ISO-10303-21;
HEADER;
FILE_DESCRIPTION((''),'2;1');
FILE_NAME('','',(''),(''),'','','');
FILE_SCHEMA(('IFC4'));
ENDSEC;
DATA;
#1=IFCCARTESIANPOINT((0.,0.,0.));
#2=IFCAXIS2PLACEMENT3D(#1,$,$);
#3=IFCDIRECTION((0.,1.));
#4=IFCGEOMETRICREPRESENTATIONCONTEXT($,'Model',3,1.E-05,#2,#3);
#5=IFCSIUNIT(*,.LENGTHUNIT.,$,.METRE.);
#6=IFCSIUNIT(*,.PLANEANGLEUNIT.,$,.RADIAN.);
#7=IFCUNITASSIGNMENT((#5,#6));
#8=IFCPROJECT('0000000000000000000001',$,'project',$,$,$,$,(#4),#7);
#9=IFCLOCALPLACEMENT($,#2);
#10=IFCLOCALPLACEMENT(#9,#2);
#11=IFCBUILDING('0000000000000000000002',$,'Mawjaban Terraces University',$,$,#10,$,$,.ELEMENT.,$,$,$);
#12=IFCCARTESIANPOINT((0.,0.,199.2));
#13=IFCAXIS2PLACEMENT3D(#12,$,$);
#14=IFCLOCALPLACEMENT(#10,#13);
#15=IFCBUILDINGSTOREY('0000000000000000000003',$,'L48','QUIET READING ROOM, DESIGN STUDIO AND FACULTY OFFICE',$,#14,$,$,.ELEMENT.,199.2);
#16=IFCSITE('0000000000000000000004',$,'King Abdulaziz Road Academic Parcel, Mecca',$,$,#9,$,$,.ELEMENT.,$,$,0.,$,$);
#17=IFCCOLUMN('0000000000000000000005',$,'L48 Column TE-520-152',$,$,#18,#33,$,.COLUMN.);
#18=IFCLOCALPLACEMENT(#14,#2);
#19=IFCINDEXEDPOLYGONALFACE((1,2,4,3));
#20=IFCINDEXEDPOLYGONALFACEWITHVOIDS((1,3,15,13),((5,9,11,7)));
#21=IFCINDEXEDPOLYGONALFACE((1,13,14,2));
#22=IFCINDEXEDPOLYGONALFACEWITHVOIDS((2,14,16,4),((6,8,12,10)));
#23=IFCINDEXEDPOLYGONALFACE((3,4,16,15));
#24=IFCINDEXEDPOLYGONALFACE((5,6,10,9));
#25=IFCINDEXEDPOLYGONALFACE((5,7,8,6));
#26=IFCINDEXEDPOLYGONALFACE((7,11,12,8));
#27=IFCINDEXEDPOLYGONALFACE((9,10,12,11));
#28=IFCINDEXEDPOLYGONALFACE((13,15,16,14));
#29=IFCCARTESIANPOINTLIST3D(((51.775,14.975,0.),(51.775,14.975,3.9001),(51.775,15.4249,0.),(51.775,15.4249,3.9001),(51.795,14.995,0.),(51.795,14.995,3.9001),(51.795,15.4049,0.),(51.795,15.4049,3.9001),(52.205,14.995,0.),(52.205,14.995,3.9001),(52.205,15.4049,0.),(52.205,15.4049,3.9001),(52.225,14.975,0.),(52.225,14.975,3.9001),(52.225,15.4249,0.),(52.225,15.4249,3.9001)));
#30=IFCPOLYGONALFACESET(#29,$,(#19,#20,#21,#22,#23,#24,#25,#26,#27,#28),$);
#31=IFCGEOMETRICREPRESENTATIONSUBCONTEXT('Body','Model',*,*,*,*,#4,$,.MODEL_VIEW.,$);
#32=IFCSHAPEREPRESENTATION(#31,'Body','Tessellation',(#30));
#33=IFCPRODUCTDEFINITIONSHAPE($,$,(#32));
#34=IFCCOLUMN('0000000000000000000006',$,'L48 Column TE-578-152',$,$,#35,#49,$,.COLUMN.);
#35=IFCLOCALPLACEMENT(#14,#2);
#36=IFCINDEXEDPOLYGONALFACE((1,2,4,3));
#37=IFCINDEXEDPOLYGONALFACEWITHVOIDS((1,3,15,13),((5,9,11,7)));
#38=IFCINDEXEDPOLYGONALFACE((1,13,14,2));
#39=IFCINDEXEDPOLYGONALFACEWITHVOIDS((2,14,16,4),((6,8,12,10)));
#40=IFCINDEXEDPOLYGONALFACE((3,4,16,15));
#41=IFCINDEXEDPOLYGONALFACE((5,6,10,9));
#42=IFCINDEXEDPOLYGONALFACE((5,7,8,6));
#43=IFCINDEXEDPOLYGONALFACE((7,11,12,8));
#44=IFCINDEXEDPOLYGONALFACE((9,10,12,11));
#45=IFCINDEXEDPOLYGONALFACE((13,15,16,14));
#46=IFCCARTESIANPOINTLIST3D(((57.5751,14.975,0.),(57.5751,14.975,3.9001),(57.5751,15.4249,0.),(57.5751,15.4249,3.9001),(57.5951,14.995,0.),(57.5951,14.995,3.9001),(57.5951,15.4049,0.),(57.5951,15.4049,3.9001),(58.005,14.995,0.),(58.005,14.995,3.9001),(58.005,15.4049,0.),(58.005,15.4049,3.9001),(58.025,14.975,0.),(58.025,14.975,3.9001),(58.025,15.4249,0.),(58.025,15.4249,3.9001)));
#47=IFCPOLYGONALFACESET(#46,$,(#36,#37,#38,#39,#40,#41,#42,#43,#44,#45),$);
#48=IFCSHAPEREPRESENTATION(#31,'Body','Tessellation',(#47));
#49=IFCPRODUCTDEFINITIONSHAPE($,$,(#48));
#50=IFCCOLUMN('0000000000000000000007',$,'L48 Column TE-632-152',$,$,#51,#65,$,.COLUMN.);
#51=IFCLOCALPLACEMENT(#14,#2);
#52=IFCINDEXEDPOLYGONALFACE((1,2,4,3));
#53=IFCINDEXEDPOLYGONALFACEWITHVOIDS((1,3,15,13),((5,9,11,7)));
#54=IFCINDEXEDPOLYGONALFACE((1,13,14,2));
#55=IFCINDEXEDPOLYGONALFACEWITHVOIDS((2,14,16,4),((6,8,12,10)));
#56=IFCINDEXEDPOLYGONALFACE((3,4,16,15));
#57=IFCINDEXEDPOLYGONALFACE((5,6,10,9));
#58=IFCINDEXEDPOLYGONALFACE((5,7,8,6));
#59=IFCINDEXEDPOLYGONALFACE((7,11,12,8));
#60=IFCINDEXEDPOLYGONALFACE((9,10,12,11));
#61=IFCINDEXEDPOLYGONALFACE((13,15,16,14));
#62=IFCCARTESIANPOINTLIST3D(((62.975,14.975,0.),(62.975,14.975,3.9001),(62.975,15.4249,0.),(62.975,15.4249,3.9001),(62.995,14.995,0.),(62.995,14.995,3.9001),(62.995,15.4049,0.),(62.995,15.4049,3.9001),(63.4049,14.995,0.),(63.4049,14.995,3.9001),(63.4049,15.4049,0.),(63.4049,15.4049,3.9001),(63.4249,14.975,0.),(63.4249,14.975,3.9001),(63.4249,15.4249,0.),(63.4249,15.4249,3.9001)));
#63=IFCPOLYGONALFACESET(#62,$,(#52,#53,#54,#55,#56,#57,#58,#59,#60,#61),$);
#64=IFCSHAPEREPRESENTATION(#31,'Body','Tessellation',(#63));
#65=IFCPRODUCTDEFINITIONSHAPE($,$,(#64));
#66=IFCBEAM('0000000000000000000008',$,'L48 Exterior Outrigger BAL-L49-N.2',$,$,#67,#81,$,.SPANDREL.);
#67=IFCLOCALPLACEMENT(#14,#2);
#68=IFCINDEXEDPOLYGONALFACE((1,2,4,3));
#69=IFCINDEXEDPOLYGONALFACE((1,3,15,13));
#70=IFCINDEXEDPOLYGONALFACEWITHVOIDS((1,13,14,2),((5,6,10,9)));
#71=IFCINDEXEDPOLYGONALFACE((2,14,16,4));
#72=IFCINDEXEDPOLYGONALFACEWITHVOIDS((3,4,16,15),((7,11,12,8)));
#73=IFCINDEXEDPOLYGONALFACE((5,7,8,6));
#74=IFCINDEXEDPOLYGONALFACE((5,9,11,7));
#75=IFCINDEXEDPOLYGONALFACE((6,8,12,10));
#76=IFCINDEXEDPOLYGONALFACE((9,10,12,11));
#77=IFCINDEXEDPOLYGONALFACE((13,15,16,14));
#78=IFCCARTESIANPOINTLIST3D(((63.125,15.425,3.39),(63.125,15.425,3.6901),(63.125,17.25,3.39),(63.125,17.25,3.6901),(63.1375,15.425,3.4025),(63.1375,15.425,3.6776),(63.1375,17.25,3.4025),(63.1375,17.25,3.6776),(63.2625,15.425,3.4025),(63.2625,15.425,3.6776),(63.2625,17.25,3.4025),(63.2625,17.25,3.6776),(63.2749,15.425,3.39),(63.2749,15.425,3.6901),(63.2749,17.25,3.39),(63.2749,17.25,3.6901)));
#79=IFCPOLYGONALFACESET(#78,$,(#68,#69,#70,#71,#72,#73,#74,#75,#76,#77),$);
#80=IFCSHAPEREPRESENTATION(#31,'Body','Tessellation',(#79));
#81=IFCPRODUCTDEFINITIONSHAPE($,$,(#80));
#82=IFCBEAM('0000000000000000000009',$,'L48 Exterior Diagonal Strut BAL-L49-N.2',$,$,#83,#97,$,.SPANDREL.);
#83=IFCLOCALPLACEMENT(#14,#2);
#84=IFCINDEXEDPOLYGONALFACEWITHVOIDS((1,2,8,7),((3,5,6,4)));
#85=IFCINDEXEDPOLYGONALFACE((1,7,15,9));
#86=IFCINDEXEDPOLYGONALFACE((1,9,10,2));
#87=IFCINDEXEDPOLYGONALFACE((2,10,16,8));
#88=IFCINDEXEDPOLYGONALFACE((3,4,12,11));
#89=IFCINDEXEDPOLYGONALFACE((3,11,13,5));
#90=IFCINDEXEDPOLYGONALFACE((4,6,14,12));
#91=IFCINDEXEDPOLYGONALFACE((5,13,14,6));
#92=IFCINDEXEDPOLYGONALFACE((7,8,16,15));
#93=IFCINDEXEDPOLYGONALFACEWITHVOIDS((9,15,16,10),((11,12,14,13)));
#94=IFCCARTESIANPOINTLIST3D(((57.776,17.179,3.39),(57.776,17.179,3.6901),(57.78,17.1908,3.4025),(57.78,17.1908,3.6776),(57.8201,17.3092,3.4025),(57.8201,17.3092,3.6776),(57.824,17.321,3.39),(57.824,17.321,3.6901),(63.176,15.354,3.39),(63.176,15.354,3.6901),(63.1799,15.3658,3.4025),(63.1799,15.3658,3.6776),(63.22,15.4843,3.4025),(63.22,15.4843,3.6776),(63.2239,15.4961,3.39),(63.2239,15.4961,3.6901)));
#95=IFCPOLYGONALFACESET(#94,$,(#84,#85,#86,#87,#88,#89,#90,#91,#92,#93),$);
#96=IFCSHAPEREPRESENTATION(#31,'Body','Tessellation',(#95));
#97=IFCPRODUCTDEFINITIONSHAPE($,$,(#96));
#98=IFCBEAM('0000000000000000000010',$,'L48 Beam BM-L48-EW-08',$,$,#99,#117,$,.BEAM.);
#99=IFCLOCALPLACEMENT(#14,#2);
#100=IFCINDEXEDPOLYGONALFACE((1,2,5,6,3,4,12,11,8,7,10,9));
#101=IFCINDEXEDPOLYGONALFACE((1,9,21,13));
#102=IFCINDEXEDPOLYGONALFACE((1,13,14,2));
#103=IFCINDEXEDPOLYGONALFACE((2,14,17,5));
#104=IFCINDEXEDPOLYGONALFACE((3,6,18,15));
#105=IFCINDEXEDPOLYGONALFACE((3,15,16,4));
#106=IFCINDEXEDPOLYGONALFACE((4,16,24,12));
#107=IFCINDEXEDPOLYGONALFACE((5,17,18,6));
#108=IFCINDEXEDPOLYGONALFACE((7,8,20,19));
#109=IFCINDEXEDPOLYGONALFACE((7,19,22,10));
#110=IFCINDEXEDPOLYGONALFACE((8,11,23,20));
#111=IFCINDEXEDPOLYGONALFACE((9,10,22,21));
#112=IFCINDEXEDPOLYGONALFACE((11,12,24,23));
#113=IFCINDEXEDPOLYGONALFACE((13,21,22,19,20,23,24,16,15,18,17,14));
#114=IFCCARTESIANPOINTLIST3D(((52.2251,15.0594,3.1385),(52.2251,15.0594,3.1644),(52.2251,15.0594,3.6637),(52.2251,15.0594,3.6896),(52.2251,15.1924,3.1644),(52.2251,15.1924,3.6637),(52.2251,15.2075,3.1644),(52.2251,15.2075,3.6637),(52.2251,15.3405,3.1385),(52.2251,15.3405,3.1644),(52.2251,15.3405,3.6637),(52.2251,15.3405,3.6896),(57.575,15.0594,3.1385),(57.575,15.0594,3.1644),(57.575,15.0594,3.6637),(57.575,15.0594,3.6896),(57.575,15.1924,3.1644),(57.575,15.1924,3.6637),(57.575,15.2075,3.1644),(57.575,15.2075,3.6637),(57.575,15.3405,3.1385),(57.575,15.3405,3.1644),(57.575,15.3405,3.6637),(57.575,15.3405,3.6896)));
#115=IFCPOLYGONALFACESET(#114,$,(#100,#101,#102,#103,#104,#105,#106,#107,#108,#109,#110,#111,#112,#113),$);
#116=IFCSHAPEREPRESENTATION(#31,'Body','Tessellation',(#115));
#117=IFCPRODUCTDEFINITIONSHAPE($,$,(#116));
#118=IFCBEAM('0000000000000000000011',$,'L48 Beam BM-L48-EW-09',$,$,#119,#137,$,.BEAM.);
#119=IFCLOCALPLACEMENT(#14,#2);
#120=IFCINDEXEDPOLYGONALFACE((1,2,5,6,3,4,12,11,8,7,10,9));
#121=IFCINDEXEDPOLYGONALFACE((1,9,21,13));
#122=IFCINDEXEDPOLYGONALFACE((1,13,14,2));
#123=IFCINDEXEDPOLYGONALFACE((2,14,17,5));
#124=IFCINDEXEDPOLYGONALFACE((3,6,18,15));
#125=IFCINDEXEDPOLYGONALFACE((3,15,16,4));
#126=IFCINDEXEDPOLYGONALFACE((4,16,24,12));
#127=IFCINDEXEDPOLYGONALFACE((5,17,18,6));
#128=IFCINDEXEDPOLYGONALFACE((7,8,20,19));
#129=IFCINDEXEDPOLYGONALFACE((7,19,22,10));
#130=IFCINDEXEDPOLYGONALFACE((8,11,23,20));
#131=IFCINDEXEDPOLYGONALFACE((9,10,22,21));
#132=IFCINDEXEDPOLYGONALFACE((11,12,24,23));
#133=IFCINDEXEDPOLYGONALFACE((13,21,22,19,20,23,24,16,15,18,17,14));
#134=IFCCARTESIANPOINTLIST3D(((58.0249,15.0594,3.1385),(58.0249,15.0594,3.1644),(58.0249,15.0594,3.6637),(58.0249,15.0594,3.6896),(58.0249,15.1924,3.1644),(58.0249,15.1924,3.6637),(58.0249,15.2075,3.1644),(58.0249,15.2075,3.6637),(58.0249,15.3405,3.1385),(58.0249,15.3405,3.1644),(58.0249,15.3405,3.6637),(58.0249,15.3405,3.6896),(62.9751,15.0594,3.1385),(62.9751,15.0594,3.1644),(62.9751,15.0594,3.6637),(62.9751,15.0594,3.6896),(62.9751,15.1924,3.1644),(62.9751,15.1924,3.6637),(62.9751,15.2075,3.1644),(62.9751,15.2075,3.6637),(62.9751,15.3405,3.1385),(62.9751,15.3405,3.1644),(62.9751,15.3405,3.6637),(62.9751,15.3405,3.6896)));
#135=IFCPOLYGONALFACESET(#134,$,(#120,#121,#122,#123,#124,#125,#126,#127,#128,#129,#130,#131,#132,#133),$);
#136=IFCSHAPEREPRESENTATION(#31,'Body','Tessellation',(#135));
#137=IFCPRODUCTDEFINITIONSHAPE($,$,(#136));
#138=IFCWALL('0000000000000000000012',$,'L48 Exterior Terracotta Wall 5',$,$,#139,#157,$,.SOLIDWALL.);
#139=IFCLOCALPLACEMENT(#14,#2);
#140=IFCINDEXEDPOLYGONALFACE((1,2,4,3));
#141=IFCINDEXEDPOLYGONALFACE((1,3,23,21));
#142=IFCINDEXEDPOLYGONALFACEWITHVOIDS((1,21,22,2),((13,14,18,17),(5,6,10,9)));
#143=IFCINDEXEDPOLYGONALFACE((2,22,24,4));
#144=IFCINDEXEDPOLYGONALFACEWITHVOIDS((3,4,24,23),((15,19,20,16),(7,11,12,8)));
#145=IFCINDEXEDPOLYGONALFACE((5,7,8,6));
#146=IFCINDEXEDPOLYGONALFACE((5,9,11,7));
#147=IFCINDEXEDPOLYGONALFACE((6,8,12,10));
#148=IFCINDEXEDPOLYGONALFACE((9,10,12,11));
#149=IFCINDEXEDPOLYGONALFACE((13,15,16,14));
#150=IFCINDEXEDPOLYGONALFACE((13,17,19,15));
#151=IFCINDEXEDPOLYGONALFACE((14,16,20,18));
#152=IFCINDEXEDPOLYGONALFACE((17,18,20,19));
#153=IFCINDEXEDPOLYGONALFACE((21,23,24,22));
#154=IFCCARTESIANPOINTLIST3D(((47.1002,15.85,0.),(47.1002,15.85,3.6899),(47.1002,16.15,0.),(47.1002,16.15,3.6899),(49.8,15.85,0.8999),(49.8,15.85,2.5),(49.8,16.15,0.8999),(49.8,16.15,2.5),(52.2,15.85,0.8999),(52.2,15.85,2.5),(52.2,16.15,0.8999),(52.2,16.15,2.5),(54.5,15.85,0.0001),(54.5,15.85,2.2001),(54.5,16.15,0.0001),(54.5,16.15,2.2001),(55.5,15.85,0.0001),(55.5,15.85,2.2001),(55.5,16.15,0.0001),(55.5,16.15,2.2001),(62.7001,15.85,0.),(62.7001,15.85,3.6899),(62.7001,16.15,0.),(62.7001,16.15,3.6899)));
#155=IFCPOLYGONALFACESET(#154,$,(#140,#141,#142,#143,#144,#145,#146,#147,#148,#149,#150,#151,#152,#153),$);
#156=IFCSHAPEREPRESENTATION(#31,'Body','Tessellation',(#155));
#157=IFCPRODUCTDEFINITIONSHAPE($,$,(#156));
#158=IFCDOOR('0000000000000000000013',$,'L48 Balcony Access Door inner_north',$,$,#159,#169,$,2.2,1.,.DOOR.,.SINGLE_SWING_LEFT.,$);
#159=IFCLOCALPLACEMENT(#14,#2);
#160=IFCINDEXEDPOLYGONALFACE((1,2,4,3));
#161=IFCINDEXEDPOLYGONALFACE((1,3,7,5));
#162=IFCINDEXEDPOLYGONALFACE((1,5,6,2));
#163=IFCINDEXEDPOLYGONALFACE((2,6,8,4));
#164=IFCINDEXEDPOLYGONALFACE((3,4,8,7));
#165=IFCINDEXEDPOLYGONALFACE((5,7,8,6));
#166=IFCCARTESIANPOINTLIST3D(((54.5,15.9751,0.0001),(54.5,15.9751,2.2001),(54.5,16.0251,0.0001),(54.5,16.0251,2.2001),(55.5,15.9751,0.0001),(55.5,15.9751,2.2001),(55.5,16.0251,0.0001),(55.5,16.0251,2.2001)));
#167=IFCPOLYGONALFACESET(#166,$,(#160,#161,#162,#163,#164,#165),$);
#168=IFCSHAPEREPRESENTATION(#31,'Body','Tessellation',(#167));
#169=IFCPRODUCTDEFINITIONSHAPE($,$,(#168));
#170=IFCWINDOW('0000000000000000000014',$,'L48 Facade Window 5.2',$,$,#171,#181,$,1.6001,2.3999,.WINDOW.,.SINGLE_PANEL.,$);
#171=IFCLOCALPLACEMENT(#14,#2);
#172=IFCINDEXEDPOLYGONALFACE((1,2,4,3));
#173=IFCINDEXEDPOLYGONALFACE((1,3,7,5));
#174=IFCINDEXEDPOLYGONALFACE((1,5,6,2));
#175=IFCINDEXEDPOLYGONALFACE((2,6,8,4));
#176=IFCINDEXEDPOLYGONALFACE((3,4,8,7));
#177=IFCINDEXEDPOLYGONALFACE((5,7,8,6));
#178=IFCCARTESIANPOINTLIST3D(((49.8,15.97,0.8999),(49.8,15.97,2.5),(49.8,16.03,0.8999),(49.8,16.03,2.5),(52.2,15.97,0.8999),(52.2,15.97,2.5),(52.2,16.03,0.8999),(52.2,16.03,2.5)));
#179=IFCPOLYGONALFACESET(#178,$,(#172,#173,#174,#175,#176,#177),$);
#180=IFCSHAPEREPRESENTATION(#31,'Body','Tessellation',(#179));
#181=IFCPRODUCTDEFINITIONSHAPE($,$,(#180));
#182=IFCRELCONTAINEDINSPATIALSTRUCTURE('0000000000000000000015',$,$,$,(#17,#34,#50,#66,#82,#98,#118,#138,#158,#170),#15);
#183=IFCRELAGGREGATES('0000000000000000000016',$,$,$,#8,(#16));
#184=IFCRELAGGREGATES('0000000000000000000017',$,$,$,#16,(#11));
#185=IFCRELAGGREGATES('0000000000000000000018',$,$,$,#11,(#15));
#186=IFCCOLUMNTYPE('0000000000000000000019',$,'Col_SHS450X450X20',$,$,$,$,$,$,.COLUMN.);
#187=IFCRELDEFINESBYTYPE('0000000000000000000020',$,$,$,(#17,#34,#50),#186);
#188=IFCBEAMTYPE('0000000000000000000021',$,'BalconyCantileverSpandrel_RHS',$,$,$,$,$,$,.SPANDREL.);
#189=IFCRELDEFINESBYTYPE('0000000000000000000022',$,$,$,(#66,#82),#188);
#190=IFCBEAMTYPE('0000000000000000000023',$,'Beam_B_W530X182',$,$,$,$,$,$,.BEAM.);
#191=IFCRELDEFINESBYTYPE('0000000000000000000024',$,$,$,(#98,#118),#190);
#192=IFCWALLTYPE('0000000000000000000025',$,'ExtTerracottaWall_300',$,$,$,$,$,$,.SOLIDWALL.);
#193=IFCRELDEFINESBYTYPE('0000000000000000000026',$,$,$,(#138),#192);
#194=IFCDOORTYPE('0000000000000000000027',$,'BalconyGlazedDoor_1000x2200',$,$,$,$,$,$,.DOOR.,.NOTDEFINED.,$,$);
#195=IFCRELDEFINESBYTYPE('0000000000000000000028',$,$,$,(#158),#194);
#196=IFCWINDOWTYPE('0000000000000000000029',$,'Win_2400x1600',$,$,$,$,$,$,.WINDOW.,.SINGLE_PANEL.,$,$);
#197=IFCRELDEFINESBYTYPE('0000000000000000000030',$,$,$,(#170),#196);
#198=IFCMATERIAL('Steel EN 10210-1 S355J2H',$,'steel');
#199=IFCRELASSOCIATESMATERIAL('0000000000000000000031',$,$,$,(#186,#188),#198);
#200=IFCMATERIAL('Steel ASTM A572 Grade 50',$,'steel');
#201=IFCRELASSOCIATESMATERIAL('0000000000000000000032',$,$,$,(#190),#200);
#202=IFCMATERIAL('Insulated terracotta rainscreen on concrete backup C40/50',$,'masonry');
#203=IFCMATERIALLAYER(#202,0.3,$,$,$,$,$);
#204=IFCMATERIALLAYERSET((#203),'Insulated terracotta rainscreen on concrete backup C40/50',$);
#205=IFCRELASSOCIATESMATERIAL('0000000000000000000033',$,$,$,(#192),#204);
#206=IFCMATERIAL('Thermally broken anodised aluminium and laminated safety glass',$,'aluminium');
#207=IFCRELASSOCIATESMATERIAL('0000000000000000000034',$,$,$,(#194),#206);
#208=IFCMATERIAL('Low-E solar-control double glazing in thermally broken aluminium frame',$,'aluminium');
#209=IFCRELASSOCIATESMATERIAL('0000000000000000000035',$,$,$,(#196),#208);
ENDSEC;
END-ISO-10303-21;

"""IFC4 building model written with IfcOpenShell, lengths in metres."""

from ifc_helpers import new_model, si_unit, direction, frame, frame_2d, origin, origin_2d, place, context, subcontext, project, spatial, rectangle, hollow_rectangle, i_section, extrude, material, layer, layer_set, material_profile, profile_set, type_object, element, fill, save


model = new_model("IFC4")

# Units and contexts
model_context = context("Model", 3, precision=1e-05, world=origin(), true_north=direction((0.0, 1.0)))
body_context = subcontext(model_context, "Body", "Model", "MODEL_VIEW")
ifc_project = project(units=[si_unit("LENGTHUNIT", "METRE"), si_unit("PLANEANGLEUNIT", "RADIAN")], contexts=[model_context])

# Site, building, storey
site_placement = place(None, origin())
site = spatial("IfcSite", under=ifc_project, at=site_placement, Name="King Abdulaziz Road Academic Parcel, Mecca", CompositionType="ELEMENT", RefElevation=0.0)
building_placement = place(site_placement, origin())
building = spatial("IfcBuilding", under=site, at=building_placement, Name="Mawjaban Terraces University", CompositionType="ELEMENT")
storey_placement = place(building_placement, frame((0.0, 0.0, 199.2)))
storey = spatial("IfcBuildingStorey", under=building, at=storey_placement, Name="L48", Description="QUIET READING ROOM, DESIGN STUDIO AND FACULTY OFFICE", CompositionType="ELEMENT", Elevation=199.2)

# Columns
ifc_material_1 = material(Name="Steel EN 10210-1 S355J2H", Category="steel")
ifc_material_profile_1 = material_profile(ifc_material_1, hollow_rectangle(XDim=0.45, YDim=0.45, WallThickness=0.02, at=origin_2d()), Name="SHS450X450X20")
ifc_profile_set_1 = profile_set([ifc_material_profile_1], Name="Steel EN 10210-1 S355J2H")
column_type = type_object("IfcColumnType", Name="Col_SHS450X450X20", PredefinedType="COLUMN", material=ifc_profile_set_1)
for number, where, z_axis, x_axis, name in (
    (1, (52.0, 15.2, 0.0), (0.0, 0.0, 1.0), (1.0, 0.0, 0.0), "L48 Column TE-520-152"),
    (2, (57.8, 15.2, 0.0), (0.0, 0.0, 1.0), (1.0, 0.0, 0.0), "L48 Column TE-578-152"),
    (3, (63.2, 15.2, 0.0), (0.0, 0.0, 1.0), (1.0, 0.0, 0.0), "L48 Column TE-632-152"),
):
    element("IfcColumn", number, at=place(storey_placement, frame(where, z_axis=z_axis, x_axis=x_axis)), inside=storey, type_object=column_type, Name=name, PredefinedType="COLUMN", context=body_context, shape_type="SweptSolid", body=[
        extrude(hollow_rectangle(XDim=0.45, YDim=0.45, WallThickness=0.02, at=origin_2d()), origin(), (0.0, 0.0, 1.0), 3.9001),
    ])

# Beams
ifc_material_profile_2 = material_profile(ifc_material_1, hollow_rectangle(XDim=0.1499, YDim=0.3, WallThickness=0.0125, at=origin_2d()), Name="RHS300X150X12.5")
ifc_profile_set_2 = profile_set([ifc_material_profile_2], Name="Steel EN 10210-1 S355J2H")
beam_type_1 = type_object("IfcBeamType", Name="BalconyCantileverSpandrel_RHS", PredefinedType="SPANDREL", material=ifc_profile_set_2)
beam_1_placement = place(storey_placement, frame((63.2, 15.425, 3.54), z_axis=(0.0, 1.0, 0.0), x_axis=(-1.0, 0.0, 0.0)))
element("IfcBeam", 4, at=beam_1_placement, inside=storey, type_object=beam_type_1, Name="L48 Exterior Outrigger BAL-L49-N.2", PredefinedType="SPANDREL", context=body_context, shape_type="SweptSolid", body=[
    extrude(hollow_rectangle(XDim=0.1499, YDim=0.3, WallThickness=0.0125, at=origin_2d()), origin(), (0.0, 0.0, 1.0), 1.825),
])
beam_2_placement = place(storey_placement, frame((63.2, 15.425, 3.54), z_axis=(-0.94736, 0.32017, 0.0), x_axis=(-0.32017, -0.94736, 0.0)))
element("IfcBeam", 5, at=beam_2_placement, inside=storey, type_object=beam_type_1, Name="L48 Exterior Diagonal Strut BAL-L49-N.2", PredefinedType="SPANDREL", context=body_context, shape_type="SweptSolid", body=[
    extrude(hollow_rectangle(XDim=0.1499, YDim=0.3, WallThickness=0.0125, at=origin_2d()), origin(), (0.0, 0.0, 1.0), 5.7),
])
ifc_material_2 = material(Name="Steel ASTM A572 Grade 50", Category="steel")
ifc_material_profile_3 = material_profile(ifc_material_2, i_section(OverallWidth=0.281, OverallDepth=0.551, WebThickness=0.0151, FlangeThickness=0.0259, at=origin_2d()), Name="W530X182")
ifc_profile_set_3 = profile_set([ifc_material_profile_3], Name="Steel ASTM A572 Grade 50")
beam_type_2 = type_object("IfcBeamType", Name="Beam_B_W530X182", PredefinedType="BEAM", material=ifc_profile_set_3)
beam_3_placement = place(storey_placement, frame((52.2251, 15.2, 3.4141), z_axis=(1.0, 0.0, 0.0), x_axis=(0.0, 1.0, 0.0)))
element("IfcBeam", 6, at=beam_3_placement, inside=storey, type_object=beam_type_2, Name="L48 Beam BM-L48-EW-08", PredefinedType="BEAM", context=body_context, shape_type="SweptSolid", body=[
    extrude(i_section(OverallWidth=0.281, OverallDepth=0.551, WebThickness=0.0151, FlangeThickness=0.0259, at=origin_2d()), origin(), (0.0, 0.0, 1.0), 5.3499),
])
beam_4_placement = place(storey_placement, frame((58.0249, 15.2, 3.4141), z_axis=(1.0, 0.0, 0.0), x_axis=(0.0, 1.0, 0.0)))
element("IfcBeam", 7, at=beam_4_placement, inside=storey, type_object=beam_type_2, Name="L48 Beam BM-L48-EW-09", PredefinedType="BEAM", context=body_context, shape_type="SweptSolid", body=[
    extrude(i_section(OverallWidth=0.281, OverallDepth=0.551, WebThickness=0.0151, FlangeThickness=0.0259, at=origin_2d()), origin(), (0.0, 0.0, 1.0), 4.9502),
])

# Wall, openings, door, window
ifc_material_3 = material(Name="Insulated terracotta rainscreen on concrete backup C40/50", Category="masonry")
ifc_layer_1 = layer(ifc_material_3, 0.3)
ifc_layer_set_1 = layer_set([ifc_layer_1], Name="Insulated terracotta rainscreen on concrete backup C40/50")
wall_type = type_object("IfcWallType", Name="ExtTerracottaWall_300", PredefinedType="SOLIDWALL", material=ifc_layer_set_1)
wall_1_placement = place(storey_placement, frame((62.7, 16.0, 0.0), z_axis=(0.0, 0.0, 1.0), x_axis=(-1.0, 0.0, 0.0)))
wall_1 = element("IfcWall", 8, at=wall_1_placement, inside=storey, type_object=wall_type, Name="L48 Exterior Terracotta Wall 5", PredefinedType="SOLIDWALL", context=body_context, shape_type="SweptSolid", body=[
    extrude(rectangle(XDim=15.5999, YDim=0.3, at=frame_2d((7.7998, 0.0))), origin(), (0.0, 0.0, 1.0), 3.6899),
])
opening_1_placement = place(wall_1_placement, frame((7.2, 0.0, 0.0)))
opening_1 = element("IfcOpeningElement", 9, at=opening_1_placement, cuts=wall_1, PredefinedType="OPENING", context=body_context, shape_type="SweptSolid", body=[
    extrude(rectangle(XDim=1.0, YDim=2.2, at=frame_2d((0.5, 1.1001))), frame((0.0, 0.1599, 0.0), z_axis=(0.0, -1.0, 0.0), x_axis=(1.0, 0.0, 0.0)), (0.0, 0.0, 1.0), 0.3201),
])
opening_2_placement = place(wall_1_placement, frame((10.5, 0.0, 0.8999)))
opening_2 = element("IfcOpeningElement", 10, at=opening_2_placement, cuts=wall_1, PredefinedType="OPENING", context=body_context, shape_type="SweptSolid", body=[
    extrude(rectangle(XDim=2.3999, YDim=1.6001, at=frame_2d((1.2, 0.8))), frame((0.0, 0.1599, 0.0), z_axis=(0.0, -1.0, 0.0), x_axis=(1.0, 0.0, 0.0)), (0.0, 0.0, 1.0), 0.3201),
])
ifc_material_4 = material(Name="Thermally broken anodised aluminium and laminated safety glass", Category="aluminium")
door_type = type_object("IfcDoorType", Name="BalconyGlazedDoor_1000x2200", OperationType="NOTDEFINED", PredefinedType="DOOR", material=ifc_material_4)
door_placement = place(opening_1_placement, origin())
door = element("IfcDoor", 11, at=door_placement, inside=storey, type_object=door_type, Name="L48 Balcony Access Door inner_north", OperationType="SINGLE_SWING_LEFT", OverallHeight=2.2, OverallWidth=1.0, PredefinedType="DOOR", context=body_context, shape_type="SweptSolid", body=[
    extrude(rectangle(XDim=1.0, YDim=2.2, at=frame_2d((0.5, 1.1001))), frame((0.0, 0.0249, 0.0), z_axis=(0.0, -1.0, 0.0), x_axis=(1.0, 0.0, 0.0)), (0.0, 0.0, 1.0), 0.05),
])
fill(opening_1, door)
ifc_material_5 = material(Name="Low-E solar-control double glazing in thermally broken aluminium frame", Category="aluminium")
window_type_1 = type_object("IfcWindowType", Name="Win_2400x1600", PartitioningType="SINGLE_PANEL", PredefinedType="WINDOW", material=ifc_material_5)
window_1_placement = place(opening_2_placement, origin())
window_1 = element("IfcWindow", 12, at=window_1_placement, inside=storey, type_object=window_type_1, Name="L48 Facade Window 5.2", OverallHeight=1.6001, OverallWidth=2.3999, PartitioningType="SINGLE_PANEL", PredefinedType="WINDOW", context=body_context, shape_type="SweptSolid", body=[
    extrude(rectangle(XDim=2.3999, YDim=1.6001, at=frame_2d((1.2, 0.8))), frame((0.0, 0.03, 0.0), z_axis=(0.0, -1.0, 0.0), x_axis=(1.0, 0.0, 0.0)), (0.0, 0.0, 1.0), 0.0601),
])
fill(opening_2, window_1)

save(model, "model.ifc")
